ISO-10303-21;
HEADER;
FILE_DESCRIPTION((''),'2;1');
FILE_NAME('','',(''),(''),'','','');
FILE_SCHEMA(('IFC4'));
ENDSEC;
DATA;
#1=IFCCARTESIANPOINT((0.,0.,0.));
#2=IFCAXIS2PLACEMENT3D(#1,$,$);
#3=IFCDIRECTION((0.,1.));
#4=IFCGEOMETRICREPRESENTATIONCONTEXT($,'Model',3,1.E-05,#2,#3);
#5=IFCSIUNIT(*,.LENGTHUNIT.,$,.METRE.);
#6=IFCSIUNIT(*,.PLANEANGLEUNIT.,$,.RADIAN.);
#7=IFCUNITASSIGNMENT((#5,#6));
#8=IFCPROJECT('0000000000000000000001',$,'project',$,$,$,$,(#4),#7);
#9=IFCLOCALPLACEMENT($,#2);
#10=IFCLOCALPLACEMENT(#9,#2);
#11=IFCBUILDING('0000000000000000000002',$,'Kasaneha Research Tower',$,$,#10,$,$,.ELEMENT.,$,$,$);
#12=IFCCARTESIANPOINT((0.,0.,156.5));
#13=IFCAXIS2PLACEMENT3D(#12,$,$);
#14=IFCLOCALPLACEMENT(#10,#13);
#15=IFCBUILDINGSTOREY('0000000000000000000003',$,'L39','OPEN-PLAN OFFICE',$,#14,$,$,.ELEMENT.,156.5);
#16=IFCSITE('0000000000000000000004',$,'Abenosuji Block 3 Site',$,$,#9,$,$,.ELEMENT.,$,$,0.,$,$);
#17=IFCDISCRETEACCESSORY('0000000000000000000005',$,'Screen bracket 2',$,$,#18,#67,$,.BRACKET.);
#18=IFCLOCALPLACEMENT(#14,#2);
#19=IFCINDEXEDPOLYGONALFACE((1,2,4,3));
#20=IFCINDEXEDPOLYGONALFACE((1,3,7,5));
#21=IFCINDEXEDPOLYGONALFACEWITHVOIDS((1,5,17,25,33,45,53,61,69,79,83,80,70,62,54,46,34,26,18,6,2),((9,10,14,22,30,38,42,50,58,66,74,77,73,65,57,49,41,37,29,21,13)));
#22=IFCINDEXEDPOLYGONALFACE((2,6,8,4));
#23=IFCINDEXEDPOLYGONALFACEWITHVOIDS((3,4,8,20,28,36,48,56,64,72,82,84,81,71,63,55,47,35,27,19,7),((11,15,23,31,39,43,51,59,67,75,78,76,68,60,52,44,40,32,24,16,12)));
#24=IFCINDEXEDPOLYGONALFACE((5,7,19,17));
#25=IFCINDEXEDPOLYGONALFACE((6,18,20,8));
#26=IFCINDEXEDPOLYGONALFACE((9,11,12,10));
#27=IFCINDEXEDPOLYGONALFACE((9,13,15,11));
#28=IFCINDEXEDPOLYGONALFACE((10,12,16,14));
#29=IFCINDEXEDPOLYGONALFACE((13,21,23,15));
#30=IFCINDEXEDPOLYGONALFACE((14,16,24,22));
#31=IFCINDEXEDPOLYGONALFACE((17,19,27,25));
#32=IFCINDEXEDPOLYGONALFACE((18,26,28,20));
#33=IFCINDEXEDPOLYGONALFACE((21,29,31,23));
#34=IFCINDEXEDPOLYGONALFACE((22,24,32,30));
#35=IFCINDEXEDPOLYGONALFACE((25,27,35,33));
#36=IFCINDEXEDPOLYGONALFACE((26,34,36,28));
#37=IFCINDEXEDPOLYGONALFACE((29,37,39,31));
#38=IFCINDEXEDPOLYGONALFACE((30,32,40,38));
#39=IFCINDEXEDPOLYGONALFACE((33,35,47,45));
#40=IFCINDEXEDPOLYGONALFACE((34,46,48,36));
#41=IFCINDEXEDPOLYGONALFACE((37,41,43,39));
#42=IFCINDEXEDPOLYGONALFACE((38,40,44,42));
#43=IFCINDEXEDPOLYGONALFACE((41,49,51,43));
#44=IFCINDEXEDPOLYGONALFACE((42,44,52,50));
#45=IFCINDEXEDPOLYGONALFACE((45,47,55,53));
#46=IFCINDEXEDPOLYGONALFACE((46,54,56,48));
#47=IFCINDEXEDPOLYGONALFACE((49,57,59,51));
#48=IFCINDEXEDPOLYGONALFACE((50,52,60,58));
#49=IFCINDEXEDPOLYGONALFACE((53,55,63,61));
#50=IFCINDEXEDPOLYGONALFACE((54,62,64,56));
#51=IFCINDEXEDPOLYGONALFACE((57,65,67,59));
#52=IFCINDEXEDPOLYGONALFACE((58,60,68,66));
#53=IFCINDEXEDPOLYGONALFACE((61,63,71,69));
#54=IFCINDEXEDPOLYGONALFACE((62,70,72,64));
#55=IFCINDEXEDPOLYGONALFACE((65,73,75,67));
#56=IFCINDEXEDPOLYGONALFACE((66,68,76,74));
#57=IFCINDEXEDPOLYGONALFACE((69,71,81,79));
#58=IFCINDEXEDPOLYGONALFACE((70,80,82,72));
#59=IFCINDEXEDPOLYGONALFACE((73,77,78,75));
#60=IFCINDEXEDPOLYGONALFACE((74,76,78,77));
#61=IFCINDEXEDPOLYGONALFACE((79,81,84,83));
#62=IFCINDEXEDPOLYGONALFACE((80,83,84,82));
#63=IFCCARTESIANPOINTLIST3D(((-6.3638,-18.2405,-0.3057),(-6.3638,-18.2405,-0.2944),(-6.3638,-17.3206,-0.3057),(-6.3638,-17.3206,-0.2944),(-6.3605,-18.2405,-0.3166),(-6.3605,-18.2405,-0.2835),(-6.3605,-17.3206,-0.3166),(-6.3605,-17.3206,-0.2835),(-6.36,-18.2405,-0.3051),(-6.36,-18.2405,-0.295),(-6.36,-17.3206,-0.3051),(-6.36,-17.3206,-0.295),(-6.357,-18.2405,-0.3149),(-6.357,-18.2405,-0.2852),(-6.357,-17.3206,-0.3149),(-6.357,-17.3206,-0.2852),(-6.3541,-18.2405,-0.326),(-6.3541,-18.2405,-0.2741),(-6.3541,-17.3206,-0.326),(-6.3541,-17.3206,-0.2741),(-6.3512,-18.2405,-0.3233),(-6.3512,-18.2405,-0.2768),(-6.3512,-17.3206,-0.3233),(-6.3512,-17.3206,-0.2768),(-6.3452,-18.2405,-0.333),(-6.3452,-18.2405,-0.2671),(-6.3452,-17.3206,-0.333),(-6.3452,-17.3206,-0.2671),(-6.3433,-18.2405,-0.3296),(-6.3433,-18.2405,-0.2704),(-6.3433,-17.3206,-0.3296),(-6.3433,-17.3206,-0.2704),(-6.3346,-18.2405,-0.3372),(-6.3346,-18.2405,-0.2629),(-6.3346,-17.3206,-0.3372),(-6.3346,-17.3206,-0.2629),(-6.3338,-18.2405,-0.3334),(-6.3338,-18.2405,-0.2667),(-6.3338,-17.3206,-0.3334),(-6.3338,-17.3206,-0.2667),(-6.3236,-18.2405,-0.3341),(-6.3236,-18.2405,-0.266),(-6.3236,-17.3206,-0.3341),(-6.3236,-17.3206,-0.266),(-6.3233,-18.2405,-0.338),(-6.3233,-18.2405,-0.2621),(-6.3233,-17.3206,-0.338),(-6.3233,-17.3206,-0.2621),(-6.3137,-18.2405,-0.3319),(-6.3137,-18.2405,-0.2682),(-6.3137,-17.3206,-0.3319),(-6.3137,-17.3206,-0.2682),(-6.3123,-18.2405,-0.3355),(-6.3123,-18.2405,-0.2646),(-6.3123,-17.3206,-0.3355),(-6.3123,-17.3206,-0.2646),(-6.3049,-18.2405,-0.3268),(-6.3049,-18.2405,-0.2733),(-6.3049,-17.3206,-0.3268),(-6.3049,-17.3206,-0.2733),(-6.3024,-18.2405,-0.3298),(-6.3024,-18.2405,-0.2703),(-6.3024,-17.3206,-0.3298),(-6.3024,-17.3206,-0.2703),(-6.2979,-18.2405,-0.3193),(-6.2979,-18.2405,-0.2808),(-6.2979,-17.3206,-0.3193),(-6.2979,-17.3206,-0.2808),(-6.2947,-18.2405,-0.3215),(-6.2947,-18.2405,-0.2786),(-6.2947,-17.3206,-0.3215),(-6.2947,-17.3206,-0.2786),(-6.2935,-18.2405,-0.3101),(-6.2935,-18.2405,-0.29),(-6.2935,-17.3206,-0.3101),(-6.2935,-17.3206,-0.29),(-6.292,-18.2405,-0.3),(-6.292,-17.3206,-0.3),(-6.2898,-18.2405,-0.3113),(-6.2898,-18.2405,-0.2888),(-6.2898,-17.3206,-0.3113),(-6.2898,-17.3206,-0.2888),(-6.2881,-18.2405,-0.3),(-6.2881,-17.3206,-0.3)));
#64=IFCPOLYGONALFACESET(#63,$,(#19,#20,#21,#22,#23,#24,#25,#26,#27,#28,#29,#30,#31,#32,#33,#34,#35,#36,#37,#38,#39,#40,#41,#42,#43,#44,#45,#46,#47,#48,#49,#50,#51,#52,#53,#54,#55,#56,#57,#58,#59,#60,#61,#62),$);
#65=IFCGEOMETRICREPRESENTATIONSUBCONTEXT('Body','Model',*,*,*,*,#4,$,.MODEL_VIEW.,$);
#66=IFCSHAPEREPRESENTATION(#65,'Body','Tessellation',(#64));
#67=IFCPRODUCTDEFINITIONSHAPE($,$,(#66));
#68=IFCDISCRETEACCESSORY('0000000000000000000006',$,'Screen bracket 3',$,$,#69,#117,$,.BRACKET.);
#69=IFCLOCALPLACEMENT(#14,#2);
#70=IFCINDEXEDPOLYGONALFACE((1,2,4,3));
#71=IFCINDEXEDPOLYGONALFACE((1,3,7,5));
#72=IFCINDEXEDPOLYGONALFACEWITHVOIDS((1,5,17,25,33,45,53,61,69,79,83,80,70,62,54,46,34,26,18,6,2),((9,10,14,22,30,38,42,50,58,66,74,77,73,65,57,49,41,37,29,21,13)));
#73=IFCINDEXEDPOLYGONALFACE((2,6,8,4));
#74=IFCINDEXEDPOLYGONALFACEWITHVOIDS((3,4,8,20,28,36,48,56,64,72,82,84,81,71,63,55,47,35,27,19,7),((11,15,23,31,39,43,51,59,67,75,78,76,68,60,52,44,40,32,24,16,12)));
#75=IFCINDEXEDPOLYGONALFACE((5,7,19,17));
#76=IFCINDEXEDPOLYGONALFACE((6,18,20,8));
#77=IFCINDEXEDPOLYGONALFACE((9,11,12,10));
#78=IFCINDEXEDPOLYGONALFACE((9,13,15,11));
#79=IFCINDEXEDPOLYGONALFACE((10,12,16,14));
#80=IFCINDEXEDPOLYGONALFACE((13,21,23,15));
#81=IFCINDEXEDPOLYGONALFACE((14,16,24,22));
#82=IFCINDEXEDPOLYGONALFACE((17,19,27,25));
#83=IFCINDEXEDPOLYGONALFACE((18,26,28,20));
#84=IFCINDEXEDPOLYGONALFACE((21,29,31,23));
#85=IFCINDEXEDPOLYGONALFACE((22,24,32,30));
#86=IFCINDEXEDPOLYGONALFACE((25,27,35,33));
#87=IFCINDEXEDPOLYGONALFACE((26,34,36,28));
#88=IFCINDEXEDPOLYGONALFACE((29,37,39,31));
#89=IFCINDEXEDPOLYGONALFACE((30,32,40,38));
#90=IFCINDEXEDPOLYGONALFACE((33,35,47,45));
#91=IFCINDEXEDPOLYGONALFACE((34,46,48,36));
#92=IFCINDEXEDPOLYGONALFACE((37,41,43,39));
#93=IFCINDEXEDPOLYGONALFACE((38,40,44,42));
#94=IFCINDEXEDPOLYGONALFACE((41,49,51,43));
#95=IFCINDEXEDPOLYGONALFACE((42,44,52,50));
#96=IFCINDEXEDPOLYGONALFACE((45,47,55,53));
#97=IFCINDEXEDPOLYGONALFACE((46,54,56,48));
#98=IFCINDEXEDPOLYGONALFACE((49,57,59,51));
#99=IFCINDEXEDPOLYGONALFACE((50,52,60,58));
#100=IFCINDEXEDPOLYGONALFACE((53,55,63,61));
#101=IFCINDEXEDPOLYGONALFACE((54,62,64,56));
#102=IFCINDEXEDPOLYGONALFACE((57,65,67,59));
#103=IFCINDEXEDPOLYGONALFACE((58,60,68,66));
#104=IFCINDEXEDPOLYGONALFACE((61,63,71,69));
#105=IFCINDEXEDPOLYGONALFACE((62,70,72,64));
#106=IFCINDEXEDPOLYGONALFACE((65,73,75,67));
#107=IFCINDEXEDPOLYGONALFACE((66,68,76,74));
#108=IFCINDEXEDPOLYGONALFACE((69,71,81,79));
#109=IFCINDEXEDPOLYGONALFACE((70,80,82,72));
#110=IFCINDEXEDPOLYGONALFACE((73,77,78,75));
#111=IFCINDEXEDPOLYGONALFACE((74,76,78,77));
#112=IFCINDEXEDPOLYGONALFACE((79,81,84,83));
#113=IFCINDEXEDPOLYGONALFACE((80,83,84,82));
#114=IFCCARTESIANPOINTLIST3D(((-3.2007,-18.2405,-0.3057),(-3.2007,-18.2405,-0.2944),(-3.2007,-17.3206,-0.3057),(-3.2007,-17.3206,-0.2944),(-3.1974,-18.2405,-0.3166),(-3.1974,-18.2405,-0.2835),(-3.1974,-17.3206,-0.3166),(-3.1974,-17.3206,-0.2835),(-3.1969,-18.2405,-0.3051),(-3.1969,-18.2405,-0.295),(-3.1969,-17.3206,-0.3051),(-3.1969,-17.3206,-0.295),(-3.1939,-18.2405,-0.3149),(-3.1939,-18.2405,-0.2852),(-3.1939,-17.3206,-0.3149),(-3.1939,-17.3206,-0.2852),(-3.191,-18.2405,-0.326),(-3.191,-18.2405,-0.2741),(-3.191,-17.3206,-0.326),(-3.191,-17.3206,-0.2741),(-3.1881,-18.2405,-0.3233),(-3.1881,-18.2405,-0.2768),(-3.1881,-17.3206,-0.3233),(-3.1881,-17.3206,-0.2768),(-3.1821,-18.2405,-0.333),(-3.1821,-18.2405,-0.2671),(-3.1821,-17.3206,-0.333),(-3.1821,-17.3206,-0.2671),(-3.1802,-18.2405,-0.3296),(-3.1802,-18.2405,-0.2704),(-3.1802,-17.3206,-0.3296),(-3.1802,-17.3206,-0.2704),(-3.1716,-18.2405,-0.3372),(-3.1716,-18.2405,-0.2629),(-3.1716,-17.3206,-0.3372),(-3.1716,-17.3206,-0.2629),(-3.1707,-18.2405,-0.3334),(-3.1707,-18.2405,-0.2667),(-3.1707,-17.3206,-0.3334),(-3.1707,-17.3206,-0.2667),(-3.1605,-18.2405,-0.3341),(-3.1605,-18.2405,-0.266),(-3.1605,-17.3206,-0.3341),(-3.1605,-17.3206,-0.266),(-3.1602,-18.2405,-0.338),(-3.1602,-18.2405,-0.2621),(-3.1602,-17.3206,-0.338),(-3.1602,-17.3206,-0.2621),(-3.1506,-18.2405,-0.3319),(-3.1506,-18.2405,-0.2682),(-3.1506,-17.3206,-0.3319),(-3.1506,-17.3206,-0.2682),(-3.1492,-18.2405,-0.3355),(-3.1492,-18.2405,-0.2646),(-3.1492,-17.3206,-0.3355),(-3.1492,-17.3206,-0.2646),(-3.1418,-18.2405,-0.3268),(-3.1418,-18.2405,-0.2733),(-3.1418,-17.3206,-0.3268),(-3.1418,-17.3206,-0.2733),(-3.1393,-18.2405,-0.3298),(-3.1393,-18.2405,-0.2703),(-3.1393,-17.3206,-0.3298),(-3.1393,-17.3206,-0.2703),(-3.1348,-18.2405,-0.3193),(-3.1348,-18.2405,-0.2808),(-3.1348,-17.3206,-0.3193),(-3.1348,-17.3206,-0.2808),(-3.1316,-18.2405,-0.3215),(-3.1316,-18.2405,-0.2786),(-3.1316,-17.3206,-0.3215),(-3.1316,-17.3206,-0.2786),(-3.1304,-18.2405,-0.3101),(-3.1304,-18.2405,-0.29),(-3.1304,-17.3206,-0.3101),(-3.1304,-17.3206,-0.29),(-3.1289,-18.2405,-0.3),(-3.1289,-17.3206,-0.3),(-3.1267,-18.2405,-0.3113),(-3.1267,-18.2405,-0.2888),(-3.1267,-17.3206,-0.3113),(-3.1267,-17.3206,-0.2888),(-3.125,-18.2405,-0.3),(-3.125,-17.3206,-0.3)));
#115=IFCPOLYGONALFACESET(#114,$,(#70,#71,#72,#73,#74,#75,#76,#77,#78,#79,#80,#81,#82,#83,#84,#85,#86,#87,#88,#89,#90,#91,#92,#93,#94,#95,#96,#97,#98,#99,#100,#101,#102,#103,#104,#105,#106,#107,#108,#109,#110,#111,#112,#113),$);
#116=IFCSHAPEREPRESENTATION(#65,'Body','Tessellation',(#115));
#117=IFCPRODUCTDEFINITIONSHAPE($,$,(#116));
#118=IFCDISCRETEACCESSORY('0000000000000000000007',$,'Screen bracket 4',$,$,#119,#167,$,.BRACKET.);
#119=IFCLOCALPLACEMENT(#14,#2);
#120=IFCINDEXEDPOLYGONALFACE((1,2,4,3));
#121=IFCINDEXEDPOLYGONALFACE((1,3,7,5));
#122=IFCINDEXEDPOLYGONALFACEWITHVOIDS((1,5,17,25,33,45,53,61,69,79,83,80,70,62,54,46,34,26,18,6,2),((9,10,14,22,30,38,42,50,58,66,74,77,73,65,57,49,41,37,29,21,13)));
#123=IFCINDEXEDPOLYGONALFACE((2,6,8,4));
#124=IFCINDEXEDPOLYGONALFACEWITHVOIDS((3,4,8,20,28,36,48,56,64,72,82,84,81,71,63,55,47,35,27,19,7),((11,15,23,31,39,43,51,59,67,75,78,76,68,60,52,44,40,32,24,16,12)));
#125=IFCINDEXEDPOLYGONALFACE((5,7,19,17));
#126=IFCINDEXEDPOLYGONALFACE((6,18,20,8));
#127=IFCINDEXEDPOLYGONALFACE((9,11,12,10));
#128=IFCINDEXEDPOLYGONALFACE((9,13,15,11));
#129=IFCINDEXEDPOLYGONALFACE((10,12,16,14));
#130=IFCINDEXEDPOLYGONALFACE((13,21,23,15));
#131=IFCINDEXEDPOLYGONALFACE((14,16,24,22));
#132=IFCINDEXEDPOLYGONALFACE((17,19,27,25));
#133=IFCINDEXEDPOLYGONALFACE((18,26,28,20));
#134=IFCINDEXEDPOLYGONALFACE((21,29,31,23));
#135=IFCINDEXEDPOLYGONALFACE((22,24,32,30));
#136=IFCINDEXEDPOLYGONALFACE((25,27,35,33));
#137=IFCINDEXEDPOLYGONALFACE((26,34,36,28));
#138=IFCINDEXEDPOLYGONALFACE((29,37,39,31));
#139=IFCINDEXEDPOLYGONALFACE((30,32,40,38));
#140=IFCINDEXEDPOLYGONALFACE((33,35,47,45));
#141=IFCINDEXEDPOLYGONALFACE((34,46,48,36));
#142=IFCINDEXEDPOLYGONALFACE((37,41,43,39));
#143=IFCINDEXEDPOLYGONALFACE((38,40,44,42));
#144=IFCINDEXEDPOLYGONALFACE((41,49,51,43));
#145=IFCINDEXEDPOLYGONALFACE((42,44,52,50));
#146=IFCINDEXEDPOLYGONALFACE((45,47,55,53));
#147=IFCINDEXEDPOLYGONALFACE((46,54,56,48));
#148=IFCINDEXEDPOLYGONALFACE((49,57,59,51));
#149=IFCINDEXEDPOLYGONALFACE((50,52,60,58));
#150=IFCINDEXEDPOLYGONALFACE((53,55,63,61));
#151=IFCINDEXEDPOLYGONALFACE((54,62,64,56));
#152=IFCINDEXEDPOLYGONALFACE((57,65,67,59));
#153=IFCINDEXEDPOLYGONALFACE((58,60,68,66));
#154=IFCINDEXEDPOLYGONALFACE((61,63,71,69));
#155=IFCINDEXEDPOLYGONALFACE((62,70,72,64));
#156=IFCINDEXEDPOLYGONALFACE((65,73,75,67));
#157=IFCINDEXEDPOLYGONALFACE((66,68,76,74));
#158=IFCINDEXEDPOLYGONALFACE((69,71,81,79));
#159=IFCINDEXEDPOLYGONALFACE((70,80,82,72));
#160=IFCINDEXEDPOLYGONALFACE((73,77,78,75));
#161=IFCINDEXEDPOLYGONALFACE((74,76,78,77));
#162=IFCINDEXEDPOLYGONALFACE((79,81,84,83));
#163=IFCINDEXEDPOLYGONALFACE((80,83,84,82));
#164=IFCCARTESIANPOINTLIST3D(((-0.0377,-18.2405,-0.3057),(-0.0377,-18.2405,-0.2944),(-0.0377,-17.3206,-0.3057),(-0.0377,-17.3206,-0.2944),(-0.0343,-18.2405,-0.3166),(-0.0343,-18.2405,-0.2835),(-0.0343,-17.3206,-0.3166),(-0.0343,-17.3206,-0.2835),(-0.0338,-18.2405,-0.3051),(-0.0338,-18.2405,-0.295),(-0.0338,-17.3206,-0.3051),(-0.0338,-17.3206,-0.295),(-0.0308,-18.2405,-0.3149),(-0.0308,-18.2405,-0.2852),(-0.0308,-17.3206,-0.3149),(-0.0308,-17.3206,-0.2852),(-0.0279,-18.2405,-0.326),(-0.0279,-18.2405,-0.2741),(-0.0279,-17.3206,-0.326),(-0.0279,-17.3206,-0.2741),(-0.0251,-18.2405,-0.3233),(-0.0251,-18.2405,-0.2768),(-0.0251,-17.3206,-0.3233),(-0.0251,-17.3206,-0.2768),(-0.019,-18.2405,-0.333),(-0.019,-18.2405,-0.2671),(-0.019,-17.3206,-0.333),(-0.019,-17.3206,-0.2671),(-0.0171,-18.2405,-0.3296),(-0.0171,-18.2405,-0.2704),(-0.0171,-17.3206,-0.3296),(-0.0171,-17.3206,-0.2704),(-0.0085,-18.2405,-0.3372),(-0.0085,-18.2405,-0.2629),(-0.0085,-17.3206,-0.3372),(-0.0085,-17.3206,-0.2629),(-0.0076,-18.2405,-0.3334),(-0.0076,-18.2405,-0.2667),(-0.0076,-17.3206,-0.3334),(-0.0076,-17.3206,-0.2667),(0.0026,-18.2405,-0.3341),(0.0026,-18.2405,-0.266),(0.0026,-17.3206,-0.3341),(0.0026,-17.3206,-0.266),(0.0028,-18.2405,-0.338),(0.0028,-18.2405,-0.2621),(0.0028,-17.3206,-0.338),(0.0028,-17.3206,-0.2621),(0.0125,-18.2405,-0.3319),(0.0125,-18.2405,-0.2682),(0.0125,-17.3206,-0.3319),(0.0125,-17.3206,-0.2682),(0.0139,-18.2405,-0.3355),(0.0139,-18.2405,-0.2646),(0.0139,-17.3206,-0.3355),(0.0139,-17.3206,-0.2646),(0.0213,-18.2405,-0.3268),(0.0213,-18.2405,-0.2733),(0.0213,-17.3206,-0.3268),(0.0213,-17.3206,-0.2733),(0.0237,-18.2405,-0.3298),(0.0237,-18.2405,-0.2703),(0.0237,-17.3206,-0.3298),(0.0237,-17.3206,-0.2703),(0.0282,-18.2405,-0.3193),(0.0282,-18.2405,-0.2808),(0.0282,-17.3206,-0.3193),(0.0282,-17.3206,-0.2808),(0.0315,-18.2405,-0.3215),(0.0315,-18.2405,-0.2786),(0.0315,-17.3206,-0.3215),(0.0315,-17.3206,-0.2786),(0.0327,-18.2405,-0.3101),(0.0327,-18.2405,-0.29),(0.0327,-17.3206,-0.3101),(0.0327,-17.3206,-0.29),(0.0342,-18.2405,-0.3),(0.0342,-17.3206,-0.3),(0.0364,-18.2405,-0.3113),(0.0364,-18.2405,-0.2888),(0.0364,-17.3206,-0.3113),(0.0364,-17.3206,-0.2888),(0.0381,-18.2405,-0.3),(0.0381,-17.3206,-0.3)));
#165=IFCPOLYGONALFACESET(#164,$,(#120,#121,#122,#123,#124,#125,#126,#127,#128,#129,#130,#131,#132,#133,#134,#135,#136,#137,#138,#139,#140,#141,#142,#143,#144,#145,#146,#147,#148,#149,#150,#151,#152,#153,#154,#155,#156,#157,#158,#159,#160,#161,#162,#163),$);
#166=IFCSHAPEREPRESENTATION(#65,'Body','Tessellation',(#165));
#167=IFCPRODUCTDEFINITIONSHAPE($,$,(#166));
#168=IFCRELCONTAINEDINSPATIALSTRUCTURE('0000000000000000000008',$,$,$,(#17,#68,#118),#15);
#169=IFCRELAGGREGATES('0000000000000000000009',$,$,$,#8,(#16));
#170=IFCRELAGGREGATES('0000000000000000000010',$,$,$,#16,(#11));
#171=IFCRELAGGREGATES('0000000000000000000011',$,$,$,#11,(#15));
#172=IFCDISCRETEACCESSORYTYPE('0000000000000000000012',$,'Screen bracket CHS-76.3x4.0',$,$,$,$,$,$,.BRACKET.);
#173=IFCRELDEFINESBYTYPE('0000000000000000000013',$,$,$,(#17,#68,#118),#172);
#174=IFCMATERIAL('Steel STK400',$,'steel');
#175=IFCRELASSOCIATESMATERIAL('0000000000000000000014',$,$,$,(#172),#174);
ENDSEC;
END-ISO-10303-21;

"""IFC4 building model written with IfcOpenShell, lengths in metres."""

from ifc_helpers import new_model, si_unit, direction, frame, origin, origin_2d, place, context, subcontext, project, spatial, hollow_circle, extrude, material, material_profile, profile_set, type_object, element, save


model = new_model("IFC4")

# Units and contexts
model_context = context("Model", 3, precision=1e-05, world=origin(), true_north=direction((0.0, 1.0)))
body_context = subcontext(model_context, "Body", "Model", "MODEL_VIEW")
ifc_project = project(units=[si_unit("LENGTHUNIT", "METRE"), si_unit("PLANEANGLEUNIT", "RADIAN")], contexts=[model_context])

# Site, building, storey
site_placement = place(None, origin())
site = spatial("IfcSite", under=ifc_project, at=site_placement, Name="Abenosuji Block 3 Site", CompositionType="ELEMENT", RefElevation=0.0)
building_placement = place(site_placement, origin())
building = spatial("IfcBuilding", under=site, at=building_placement, Name="Kasaneha Research Tower", CompositionType="ELEMENT")
storey_placement = place(building_placement, frame((0.0, 0.0, 156.5)))
storey = spatial("IfcBuildingStorey", under=building, at=storey_placement, Name="L39", Description="OPEN-PLAN OFFICE", CompositionType="ELEMENT", Elevation=156.5)

# Discrete accessories
ifc_material_1 = material(Name="Steel STK400", Category="steel")
ifc_material_profile_1 = material_profile(ifc_material_1, hollow_circle(Radius=0.0381, WallThickness=0.0039, at=origin_2d()), Name="CHS-76.3x4.0")
ifc_profile_set_1 = profile_set([ifc_material_profile_1], Name="Steel STK400")
discrete_accessory_type = type_object("IfcDiscreteAccessoryType", Name="Screen bracket CHS-76.3x4.0", PredefinedType="BRACKET", material=ifc_profile_set_1)
for number, where, z_axis, x_axis, name in (
    (1, (-6.3262, -17.3206, -0.3), (0.0, -1.0, 0.0), (1.0, 0.0, 0.0), "Screen bracket 2"),
    (2, (-3.1631, -17.3206, -0.3), (0.0, -1.0, 0.0), (1.0, 0.0, 0.0), "Screen bracket 3"),
    (3, (0.0, -17.3206, -0.3), (0.0, -1.0, 0.0), (1.0, 0.0, 0.0), "Screen bracket 4"),
):
    element("IfcDiscreteAccessory", number, at=place(storey_placement, frame(where, z_axis=z_axis, x_axis=x_axis)), inside=storey, type_object=discrete_accessory_type, Name=name, PredefinedType="BRACKET", context=body_context, shape_type="SweptSolid", body=[
        extrude(hollow_circle(Radius=0.0381, WallThickness=0.0039, at=origin_2d()), origin(), (0.0, 0.0, 1.0), 0.9199),
    ])

save(model, "model.ifc")
